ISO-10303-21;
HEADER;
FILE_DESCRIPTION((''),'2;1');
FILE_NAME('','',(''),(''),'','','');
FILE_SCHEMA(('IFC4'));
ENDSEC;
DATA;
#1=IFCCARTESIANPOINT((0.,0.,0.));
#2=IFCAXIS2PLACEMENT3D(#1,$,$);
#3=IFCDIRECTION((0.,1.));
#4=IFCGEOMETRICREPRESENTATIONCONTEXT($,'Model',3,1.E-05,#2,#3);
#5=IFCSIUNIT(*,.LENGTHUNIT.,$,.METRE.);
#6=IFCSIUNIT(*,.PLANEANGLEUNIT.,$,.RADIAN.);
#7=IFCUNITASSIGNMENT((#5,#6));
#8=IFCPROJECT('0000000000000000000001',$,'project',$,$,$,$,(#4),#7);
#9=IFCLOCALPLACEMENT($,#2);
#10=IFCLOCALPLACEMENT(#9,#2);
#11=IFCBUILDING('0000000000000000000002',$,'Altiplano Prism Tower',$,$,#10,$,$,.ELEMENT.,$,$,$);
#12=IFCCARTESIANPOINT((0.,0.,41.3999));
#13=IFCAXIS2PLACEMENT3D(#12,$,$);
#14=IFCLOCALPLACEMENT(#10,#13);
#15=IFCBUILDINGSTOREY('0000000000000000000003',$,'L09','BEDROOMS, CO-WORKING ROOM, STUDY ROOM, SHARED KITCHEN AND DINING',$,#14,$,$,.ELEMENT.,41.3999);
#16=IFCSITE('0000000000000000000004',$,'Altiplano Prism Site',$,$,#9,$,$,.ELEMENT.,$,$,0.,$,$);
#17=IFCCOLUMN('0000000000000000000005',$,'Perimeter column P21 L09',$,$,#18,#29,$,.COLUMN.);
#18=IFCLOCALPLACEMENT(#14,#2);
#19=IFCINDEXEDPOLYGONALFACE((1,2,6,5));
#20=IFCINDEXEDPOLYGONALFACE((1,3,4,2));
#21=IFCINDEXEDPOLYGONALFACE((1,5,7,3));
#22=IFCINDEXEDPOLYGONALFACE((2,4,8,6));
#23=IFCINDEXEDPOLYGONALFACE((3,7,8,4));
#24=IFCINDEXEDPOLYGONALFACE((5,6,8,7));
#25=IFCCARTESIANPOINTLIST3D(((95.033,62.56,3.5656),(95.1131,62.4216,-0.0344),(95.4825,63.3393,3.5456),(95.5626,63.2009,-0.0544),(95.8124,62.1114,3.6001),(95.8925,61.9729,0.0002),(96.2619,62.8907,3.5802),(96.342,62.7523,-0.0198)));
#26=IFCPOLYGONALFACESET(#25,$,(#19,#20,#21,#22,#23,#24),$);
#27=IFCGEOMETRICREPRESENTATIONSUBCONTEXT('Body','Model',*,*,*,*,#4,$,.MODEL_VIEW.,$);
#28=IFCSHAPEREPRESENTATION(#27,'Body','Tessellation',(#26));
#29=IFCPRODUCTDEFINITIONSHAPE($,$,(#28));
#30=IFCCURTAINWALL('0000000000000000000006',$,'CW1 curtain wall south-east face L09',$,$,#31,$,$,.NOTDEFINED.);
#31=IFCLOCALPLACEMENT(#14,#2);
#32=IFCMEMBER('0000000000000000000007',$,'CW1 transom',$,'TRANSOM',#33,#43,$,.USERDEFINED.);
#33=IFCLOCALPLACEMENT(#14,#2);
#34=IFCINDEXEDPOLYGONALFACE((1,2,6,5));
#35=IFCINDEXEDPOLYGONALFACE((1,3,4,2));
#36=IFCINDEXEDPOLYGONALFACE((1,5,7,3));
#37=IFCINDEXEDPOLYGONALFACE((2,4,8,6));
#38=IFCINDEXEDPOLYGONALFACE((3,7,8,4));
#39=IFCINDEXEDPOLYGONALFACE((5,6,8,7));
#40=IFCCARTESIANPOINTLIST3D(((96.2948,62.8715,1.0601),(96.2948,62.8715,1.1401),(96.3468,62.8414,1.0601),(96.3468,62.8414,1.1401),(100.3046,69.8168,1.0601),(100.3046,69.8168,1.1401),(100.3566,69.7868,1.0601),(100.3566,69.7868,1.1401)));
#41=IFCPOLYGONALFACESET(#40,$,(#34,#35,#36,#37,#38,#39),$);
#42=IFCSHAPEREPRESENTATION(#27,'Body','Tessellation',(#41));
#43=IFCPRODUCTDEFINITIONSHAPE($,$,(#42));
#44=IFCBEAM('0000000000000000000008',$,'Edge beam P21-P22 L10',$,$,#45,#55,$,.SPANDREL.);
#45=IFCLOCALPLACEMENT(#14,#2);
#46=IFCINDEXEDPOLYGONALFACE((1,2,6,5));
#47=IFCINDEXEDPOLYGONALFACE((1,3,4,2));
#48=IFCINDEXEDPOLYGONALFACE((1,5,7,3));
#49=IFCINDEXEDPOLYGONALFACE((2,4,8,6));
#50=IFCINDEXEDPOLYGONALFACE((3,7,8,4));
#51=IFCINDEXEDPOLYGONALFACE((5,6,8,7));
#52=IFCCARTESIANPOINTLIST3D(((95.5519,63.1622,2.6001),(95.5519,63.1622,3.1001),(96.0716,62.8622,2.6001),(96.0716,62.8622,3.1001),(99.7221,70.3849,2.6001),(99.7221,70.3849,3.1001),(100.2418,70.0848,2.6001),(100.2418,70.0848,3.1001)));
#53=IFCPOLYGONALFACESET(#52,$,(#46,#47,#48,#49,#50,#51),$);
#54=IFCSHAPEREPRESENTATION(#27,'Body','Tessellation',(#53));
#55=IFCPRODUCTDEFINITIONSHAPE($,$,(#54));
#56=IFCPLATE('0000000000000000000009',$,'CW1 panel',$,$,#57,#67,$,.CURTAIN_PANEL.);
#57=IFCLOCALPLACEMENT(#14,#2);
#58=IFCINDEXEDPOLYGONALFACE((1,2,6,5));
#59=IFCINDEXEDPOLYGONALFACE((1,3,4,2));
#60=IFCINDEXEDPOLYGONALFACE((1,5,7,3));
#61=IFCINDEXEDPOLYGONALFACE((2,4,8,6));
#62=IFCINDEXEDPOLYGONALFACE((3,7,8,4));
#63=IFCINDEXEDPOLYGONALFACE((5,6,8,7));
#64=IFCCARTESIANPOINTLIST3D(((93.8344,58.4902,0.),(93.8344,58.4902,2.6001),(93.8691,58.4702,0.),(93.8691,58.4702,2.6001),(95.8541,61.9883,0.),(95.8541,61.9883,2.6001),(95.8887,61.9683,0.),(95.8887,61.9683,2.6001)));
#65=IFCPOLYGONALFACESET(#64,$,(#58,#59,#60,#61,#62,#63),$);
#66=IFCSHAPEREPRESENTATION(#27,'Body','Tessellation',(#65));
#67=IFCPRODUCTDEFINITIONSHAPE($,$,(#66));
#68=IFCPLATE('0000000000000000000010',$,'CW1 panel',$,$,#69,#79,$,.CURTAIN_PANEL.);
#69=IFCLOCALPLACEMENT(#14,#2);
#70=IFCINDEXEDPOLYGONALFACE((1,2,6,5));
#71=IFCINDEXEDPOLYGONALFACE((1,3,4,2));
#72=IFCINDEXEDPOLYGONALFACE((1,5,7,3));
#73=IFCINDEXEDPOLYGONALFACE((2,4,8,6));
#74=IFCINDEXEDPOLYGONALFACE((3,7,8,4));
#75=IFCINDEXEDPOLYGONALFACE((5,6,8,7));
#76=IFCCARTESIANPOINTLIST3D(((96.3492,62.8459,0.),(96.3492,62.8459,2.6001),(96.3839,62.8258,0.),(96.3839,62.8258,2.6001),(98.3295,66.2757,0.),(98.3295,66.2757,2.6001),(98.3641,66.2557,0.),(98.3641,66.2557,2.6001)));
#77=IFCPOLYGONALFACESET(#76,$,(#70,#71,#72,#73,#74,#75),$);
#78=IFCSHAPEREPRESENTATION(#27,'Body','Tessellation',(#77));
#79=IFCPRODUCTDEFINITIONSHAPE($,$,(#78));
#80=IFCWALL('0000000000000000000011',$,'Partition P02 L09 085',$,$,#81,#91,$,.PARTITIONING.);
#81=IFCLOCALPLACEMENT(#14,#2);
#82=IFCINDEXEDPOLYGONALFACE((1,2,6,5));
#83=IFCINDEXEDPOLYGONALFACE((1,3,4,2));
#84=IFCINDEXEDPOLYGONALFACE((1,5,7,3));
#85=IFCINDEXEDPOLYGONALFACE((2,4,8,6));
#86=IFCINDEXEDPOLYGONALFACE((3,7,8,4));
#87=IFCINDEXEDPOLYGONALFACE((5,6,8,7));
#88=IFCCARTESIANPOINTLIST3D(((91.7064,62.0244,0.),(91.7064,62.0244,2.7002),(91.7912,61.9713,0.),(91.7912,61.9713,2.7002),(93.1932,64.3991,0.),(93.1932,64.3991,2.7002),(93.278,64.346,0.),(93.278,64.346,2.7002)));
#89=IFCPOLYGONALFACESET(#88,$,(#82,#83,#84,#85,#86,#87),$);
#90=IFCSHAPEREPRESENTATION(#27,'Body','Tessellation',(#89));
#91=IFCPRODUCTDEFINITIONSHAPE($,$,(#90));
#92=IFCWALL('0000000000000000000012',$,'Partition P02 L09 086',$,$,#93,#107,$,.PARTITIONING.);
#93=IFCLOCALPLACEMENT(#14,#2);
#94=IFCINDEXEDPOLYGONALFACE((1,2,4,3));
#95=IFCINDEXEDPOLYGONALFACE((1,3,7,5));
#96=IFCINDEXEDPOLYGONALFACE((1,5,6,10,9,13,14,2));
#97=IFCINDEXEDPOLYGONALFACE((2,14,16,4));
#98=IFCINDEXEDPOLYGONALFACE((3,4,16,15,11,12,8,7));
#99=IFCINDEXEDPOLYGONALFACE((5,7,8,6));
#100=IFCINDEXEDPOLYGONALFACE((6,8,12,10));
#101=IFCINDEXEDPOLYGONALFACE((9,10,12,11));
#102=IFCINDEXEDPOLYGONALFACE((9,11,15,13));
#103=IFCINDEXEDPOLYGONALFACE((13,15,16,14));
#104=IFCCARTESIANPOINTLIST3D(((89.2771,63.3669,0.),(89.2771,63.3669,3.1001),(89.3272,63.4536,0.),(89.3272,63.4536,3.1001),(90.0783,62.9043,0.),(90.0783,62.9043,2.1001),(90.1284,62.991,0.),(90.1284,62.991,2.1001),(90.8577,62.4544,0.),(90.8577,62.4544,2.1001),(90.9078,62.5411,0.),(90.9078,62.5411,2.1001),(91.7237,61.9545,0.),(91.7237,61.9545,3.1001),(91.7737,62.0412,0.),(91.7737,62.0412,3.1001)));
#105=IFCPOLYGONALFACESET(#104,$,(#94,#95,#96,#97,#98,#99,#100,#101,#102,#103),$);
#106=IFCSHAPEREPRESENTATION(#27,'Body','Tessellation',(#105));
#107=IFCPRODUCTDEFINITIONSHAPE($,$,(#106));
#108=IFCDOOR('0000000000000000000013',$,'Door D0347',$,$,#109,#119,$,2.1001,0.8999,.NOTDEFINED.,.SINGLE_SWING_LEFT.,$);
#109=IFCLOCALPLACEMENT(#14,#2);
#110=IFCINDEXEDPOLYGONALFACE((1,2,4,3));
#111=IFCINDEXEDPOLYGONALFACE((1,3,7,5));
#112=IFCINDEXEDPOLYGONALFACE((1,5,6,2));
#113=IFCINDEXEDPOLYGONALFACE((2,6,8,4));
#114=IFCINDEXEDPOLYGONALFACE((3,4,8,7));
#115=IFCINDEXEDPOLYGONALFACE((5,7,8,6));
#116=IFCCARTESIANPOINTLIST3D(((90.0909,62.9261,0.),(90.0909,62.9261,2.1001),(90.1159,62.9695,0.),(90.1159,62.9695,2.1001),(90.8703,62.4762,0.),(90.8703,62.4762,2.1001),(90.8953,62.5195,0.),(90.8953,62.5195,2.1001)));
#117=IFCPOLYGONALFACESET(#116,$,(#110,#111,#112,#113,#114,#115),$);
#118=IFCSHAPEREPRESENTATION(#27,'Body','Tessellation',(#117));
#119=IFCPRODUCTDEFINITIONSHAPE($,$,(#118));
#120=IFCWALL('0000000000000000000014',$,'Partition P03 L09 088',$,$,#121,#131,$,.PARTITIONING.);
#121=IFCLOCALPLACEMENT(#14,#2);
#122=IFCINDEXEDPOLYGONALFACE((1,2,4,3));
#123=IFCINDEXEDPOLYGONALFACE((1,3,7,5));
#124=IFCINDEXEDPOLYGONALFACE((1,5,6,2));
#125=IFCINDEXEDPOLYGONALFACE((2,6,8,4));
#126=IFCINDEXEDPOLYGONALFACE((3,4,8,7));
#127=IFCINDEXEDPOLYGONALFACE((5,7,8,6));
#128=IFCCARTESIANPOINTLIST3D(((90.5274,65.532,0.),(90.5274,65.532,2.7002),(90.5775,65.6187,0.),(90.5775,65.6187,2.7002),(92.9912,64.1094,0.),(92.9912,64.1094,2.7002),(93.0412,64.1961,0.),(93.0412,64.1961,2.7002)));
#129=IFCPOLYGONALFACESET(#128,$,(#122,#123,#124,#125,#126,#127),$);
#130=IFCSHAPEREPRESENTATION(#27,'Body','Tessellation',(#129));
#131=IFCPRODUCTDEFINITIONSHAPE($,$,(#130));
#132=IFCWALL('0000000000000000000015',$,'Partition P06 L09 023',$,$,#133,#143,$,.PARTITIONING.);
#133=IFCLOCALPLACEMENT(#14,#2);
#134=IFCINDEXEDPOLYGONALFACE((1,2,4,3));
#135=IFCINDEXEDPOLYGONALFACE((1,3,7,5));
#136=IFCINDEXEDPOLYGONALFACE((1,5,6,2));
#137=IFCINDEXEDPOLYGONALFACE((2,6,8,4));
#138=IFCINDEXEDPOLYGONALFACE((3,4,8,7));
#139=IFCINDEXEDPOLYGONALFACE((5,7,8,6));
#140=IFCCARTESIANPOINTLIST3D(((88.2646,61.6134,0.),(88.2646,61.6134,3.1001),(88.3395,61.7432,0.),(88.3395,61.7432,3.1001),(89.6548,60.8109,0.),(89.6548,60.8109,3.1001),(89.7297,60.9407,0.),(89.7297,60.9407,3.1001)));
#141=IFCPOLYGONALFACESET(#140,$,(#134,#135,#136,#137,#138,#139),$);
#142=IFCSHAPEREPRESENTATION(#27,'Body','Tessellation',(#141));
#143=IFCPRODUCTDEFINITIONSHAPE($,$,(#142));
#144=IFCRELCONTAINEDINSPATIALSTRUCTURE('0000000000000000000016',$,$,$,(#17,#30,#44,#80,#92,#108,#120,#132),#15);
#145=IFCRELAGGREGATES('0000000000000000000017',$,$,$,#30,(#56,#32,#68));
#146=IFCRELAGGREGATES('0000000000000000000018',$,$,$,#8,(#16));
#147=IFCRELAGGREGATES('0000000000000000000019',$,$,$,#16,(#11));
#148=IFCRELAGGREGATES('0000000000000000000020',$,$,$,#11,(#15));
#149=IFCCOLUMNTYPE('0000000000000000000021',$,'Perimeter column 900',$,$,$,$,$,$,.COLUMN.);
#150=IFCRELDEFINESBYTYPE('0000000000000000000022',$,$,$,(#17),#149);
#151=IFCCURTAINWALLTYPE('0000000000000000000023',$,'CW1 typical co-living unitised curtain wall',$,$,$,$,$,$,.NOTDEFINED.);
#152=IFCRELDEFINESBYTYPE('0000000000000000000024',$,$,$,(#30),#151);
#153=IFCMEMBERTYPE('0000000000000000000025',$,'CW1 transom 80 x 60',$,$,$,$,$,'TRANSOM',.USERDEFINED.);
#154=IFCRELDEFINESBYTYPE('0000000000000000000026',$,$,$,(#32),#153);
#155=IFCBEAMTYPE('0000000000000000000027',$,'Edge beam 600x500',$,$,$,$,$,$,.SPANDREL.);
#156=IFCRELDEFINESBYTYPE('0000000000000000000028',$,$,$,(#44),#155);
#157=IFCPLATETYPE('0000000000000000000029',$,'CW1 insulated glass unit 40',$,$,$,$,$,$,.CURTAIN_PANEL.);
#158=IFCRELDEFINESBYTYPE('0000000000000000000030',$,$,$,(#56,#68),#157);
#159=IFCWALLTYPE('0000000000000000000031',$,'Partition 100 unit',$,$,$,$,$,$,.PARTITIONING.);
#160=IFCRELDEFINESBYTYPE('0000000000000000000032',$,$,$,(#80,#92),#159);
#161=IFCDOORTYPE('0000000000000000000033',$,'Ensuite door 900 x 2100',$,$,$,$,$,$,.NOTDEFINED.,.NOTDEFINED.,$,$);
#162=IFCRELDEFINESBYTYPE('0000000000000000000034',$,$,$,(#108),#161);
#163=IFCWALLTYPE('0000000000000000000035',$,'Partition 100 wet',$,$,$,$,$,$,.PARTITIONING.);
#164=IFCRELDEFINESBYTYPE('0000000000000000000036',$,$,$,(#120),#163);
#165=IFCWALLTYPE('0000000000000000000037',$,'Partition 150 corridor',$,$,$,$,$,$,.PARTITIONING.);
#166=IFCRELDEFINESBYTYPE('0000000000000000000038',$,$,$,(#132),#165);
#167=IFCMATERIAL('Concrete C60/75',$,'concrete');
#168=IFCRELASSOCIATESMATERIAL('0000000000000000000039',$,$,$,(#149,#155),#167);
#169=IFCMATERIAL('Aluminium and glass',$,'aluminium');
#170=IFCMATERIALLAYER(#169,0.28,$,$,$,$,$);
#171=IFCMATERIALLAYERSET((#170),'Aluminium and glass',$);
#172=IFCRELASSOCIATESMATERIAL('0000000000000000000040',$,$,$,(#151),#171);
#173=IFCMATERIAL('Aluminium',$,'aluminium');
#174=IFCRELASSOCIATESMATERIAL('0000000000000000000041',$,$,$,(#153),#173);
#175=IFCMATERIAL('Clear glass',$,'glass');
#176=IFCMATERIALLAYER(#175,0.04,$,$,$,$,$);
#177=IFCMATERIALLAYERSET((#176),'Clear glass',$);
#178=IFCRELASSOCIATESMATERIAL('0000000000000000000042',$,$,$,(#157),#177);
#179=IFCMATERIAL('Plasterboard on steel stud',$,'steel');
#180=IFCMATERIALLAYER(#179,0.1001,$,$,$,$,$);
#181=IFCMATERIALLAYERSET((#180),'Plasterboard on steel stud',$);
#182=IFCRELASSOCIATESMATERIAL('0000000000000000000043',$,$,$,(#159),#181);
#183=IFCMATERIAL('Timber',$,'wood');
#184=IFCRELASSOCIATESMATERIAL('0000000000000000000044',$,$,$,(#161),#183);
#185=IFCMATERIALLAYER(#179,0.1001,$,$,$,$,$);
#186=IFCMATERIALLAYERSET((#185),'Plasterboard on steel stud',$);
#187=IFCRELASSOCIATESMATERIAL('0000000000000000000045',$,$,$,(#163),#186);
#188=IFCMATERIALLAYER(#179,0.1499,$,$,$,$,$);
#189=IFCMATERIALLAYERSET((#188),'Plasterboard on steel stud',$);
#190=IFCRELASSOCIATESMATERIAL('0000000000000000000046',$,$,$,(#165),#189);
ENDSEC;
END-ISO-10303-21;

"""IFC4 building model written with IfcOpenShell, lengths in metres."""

from ifc_helpers import new_model, si_unit, direction, frame, frame_2d, origin, origin_2d, place, context, subcontext, project, spatial, rectangle, extrude, material, layer, layer_set, material_profile, profile_set, type_object, element, fill, aggregate, save


model = new_model("IFC4")

# Units and contexts
model_context = context("Model", 3, precision=1e-05, world=origin(), true_north=direction((0.0, 1.0)))
body_context = subcontext(model_context, "Body", "Model", "MODEL_VIEW")
ifc_project = project(units=[si_unit("LENGTHUNIT", "METRE"), si_unit("PLANEANGLEUNIT", "RADIAN")], contexts=[model_context])

# Site, building, storey
site_placement = place(None, origin())
site = spatial("IfcSite", under=ifc_project, at=site_placement, Name="Altiplano Prism Site", CompositionType="ELEMENT", RefElevation=0.0)
building_placement = place(site_placement, origin())
building = spatial("IfcBuilding", under=site, at=building_placement, Name="Altiplano Prism Tower", CompositionType="ELEMENT")
storey_placement = place(building_placement, frame((0.0, 0.0, 41.3999)))
storey = spatial("IfcBuildingStorey", under=building, at=storey_placement, Name="L09", Description="BEDROOMS, CO-WORKING ROOM, STUDY ROOM, SHARED KITCHEN AND DINING", CompositionType="ELEMENT", Elevation=41.3999)

# Column
ifc_material_1 = material(Name="Concrete C60/75", Category="concrete")
ifc_material_profile_1 = material_profile(ifc_material_1, rectangle(XDim=0.8999, YDim=0.8999, at=origin_2d()), Name="Perimeter column 900")
ifc_profile_set_1 = profile_set([ifc_material_profile_1], Name="Concrete C60/75")
column_type = type_object("IfcColumnType", Name="Perimeter column 900", PredefinedType="COLUMN", material=ifc_profile_set_1)
column_placement = place(storey_placement, frame((95.7275, 62.5869, -0.0271), z_axis=(-0.022223, 0.038416, 0.999015), x_axis=(-0.499508, -0.866025, 0.02219)))
element("IfcColumn", 1, at=column_placement, inside=storey, type_object=column_type, Name="Perimeter column P21 L09", PredefinedType="COLUMN", context=body_context, shape_type="SweptSolid", body=[
    extrude(rectangle(XDim=0.8999, YDim=0.8999, at=origin_2d()), origin(), (0.0, 0.0, 1.0), 3.6035),
])

# Curtain wall, member
ifc_material_2 = material(Name="Aluminium and glass", Category="aluminium")
ifc_layer_1 = layer(ifc_material_2, 0.28)
ifc_layer_set_1 = layer_set([ifc_layer_1], Name="Aluminium and glass")
curtain_wall_type = type_object("IfcCurtainWallType", Name="CW1 typical co-living unitised curtain wall", PredefinedType="NOTDEFINED", material=ifc_layer_set_1)
curtain_wall_placement = place(storey_placement, origin())
curtain_wall = element("IfcCurtainWall", 2, at=curtain_wall_placement, inside=storey, type_object=curtain_wall_type, Name="CW1 curtain wall south-east face L09", PredefinedType="NOTDEFINED")
ifc_material_3 = material(Name="Aluminium", Category="aluminium")
ifc_material_profile_2 = material_profile(ifc_material_3, rectangle(XDim=0.0601, YDim=0.0801, at=origin_2d()), Name="CW1 transom 80 x 60")
ifc_profile_set_2 = profile_set([ifc_material_profile_2], Name="Aluminium")
member_type = type_object("IfcMemberType", Name="CW1 transom 80 x 60", ElementType="TRANSOM", PredefinedType="USERDEFINED", material=ifc_profile_set_2)
member_placement = place(storey_placement, frame((96.3208, 62.8564, 1.1001), z_axis=(0.499989, 0.866031, 0.0), x_axis=(-0.866031, 0.499989, 0.0)))
member = element("IfcMember", 3, at=member_placement, type_object=member_type, Name="CW1 transom", ObjectType="TRANSOM", PredefinedType="USERDEFINED", context=body_context, shape_type="SweptSolid", body=[
    extrude(rectangle(XDim=0.0601, YDim=0.0801, at=origin_2d()), origin(), (0.0, 0.0, 1.0), 8.0198),
])

# Beam
ifc_material_profile_3 = material_profile(ifc_material_1, rectangle(XDim=0.6001, YDim=0.5, at=origin_2d()), Name="Edge beam 600x500")
ifc_profile_set_3 = profile_set([ifc_material_profile_3], Name="Concrete C60/75")
beam_type = type_object("IfcBeamType", Name="Edge beam 600x500", PredefinedType="SPANDREL", material=ifc_profile_set_3)
beam_placement = place(storey_placement, frame((95.8118, 63.0122, 2.8501), z_axis=(0.500015, 0.866017, 0.0), x_axis=(-0.866017, 0.500015, 0.0)))
element("IfcBeam", 4, at=beam_placement, inside=storey, type_object=beam_type, Name="Edge beam P21-P22 L10", PredefinedType="SPANDREL", context=body_context, shape_type="SweptSolid", body=[
    extrude(rectangle(XDim=0.6001, YDim=0.5, at=origin_2d()), origin(), (0.0, 0.0, 1.0), 8.3401),
])

# Plates
ifc_material_4 = material(Name="Clear glass", Category="glass")
ifc_layer_2 = layer(ifc_material_4, 0.04)
ifc_layer_set_2 = layer_set([ifc_layer_2], Name="Clear glass")
plate_type = type_object("IfcPlateType", Name="CW1 insulated glass unit 40", PredefinedType="CURTAIN_PANEL", material=ifc_layer_set_2)
plate_1_placement = place(storey_placement, frame((94.8616, 60.2292, 0.0), z_axis=(0.0, 0.0, 1.0), x_axis=(0.5, 0.866025, 0.0)))
plate_1 = element("IfcPlate", 5, at=plate_1_placement, type_object=plate_type, Name="CW1 panel", PredefinedType="CURTAIN_PANEL", context=body_context, shape_type="SweptSolid", body=[
    extrude(rectangle(XDim=4.0393, YDim=0.04, at=origin_2d()), origin(), (0.0, 0.0, 1.0), 2.6001),
])
plate_2_placement = place(storey_placement, frame((97.3567, 64.5508, 0.0), z_axis=(0.0, 0.0, 1.0), x_axis=(0.5, 0.866025, 0.0)))
plate_2 = element("IfcPlate", 6, at=plate_2_placement, type_object=plate_type, Name="CW1 panel", PredefinedType="CURTAIN_PANEL", context=body_context, shape_type="SweptSolid", body=[
    extrude(rectangle(XDim=3.9604, YDim=0.04, at=origin_2d()), origin(), (0.0, 0.0, 1.0), 2.6001),
])
aggregate(curtain_wall, [plate_1, member, plate_2])

# Wall
ifc_material_5 = material(Name="Plasterboard on steel stud", Category="steel")
ifc_layer_3 = layer(ifc_material_5, 0.1001)
ifc_layer_set_3 = layer_set([ifc_layer_3], Name="Plasterboard on steel stud")
wall_type_1 = type_object("IfcWallType", Name="Partition 100 unit", PredefinedType="PARTITIONING", material=ifc_layer_set_3)
wall_1_placement = place(storey_placement, frame((93.2356, 64.3726, 0.0), z_axis=(0.0, 0.0, 1.0), x_axis=(-0.530665, -0.847582, 0.0)))
element("IfcWall", 7, at=wall_1_placement, inside=storey, type_object=wall_type_1, Name="Partition P02 L09 085", PredefinedType="PARTITIONING", context=body_context, shape_type="SweptSolid", body=[
    extrude(rectangle(XDim=2.8018, YDim=0.1001, at=frame_2d((1.4009, 0.0))), origin(), (0.0, 0.0, 1.0), 2.7002),
])

# Wall, opening, door
wall_2_placement = place(storey_placement, frame((91.7488, 61.9978, 0.0), z_axis=(0.0, 0.0, 1.0), x_axis=(-0.866049, 0.499959, 0.0)))
wall_2 = element("IfcWall", 8, at=wall_2_placement, inside=storey, type_object=wall_type_1, Name="Partition P02 L09 086", PredefinedType="PARTITIONING", context=body_context, shape_type="SweptSolid", body=[
    extrude(rectangle(XDim=2.825, YDim=0.1001, at=frame_2d((1.4126, 0.0))), origin(), (0.0, 0.0, 1.0), 3.1001),
])
opening_1_placement = place(wall_2_placement, frame((1.0, 0.0, 0.0)))
opening_1 = element("IfcOpeningElement", 9, at=opening_1_placement, cuts=wall_2, PredefinedType="OPENING", context=body_context, shape_type="SweptSolid", body=[
    extrude(rectangle(XDim=0.8999, YDim=2.1001, at=frame_2d((0.45, 1.05))), frame((0.0, 0.0605, 0.0), z_axis=(0.0, -1.0, 0.0), x_axis=(1.0, 0.0, 0.0)), (0.0, 0.0, 1.0), 0.1211),
])
ifc_material_6 = material(Name="Timber", Category="wood")
door_type_1 = type_object("IfcDoorType", Name="Ensuite door 900 x 2100", OperationType="NOTDEFINED", PredefinedType="NOTDEFINED", material=ifc_material_6)
door_1_placement = place(opening_1_placement, origin())
door_1 = element("IfcDoor", 10, at=door_1_placement, inside=storey, type_object=door_type_1, Name="Door D0347", OperationType="SINGLE_SWING_LEFT", OverallHeight=2.1001, OverallWidth=0.8999, PredefinedType="NOTDEFINED", context=body_context, shape_type="SweptSolid", body=[
    extrude(rectangle(XDim=0.8999, YDim=2.1001, at=frame_2d((0.45, 1.05))), frame((0.0, 0.0249, 0.0), z_axis=(0.0, -1.0, 0.0), x_axis=(1.0, 0.0, 0.0)), (0.0, 0.0, 1.0), 0.05),
])
fill(opening_1, door_1)

# Walls
ifc_layer_4 = layer(ifc_material_5, 0.1001)
ifc_layer_set_4 = layer_set([ifc_layer_4], Name="Plasterboard on steel stud")
wall_type_2 = type_object("IfcWallType", Name="Partition 100 wet", PredefinedType="PARTITIONING", material=ifc_layer_set_4)
wall_3_placement = place(storey_placement, frame((93.0161, 64.1528, 0.0), z_axis=(0.0, 0.0, 1.0), x_axis=(-0.866011, 0.500025, 0.0)))
element("IfcWall", 11, at=wall_3_placement, inside=storey, type_object=wall_type_2, Name="Partition P03 L09 088", PredefinedType="PARTITIONING", context=body_context, shape_type="SweptSolid", body=[
    extrude(rectangle(XDim=2.845, YDim=0.1001, at=frame_2d((1.4224, 0.0))), origin(), (0.0, 0.0, 1.0), 2.7002),
])
ifc_layer_5 = layer(ifc_material_5, 0.1499)
ifc_layer_set_5 = layer_set([ifc_layer_5], Name="Plasterboard on steel stud")
wall_type_3 = type_object("IfcWallType", Name="Partition 150 corridor", PredefinedType="PARTITIONING", material=ifc_layer_set_5)
wall_4_placement = place(storey_placement, frame((89.6924, 60.8757, 0.0), z_axis=(0.0, 0.0, 1.0), x_axis=(-0.866054, 0.499951, 0.0)))
element("IfcWall", 12, at=wall_4_placement, inside=storey, type_object=wall_type_3, Name="Partition P06 L09 023", PredefinedType="PARTITIONING", context=body_context, shape_type="SweptSolid", body=[
    extrude(rectangle(XDim=1.6052, YDim=0.1499, at=frame_2d((0.8027, 0.0))), origin(), (0.0, 0.0, 1.0), 3.1001),
])

save(model, "model.ifc")
